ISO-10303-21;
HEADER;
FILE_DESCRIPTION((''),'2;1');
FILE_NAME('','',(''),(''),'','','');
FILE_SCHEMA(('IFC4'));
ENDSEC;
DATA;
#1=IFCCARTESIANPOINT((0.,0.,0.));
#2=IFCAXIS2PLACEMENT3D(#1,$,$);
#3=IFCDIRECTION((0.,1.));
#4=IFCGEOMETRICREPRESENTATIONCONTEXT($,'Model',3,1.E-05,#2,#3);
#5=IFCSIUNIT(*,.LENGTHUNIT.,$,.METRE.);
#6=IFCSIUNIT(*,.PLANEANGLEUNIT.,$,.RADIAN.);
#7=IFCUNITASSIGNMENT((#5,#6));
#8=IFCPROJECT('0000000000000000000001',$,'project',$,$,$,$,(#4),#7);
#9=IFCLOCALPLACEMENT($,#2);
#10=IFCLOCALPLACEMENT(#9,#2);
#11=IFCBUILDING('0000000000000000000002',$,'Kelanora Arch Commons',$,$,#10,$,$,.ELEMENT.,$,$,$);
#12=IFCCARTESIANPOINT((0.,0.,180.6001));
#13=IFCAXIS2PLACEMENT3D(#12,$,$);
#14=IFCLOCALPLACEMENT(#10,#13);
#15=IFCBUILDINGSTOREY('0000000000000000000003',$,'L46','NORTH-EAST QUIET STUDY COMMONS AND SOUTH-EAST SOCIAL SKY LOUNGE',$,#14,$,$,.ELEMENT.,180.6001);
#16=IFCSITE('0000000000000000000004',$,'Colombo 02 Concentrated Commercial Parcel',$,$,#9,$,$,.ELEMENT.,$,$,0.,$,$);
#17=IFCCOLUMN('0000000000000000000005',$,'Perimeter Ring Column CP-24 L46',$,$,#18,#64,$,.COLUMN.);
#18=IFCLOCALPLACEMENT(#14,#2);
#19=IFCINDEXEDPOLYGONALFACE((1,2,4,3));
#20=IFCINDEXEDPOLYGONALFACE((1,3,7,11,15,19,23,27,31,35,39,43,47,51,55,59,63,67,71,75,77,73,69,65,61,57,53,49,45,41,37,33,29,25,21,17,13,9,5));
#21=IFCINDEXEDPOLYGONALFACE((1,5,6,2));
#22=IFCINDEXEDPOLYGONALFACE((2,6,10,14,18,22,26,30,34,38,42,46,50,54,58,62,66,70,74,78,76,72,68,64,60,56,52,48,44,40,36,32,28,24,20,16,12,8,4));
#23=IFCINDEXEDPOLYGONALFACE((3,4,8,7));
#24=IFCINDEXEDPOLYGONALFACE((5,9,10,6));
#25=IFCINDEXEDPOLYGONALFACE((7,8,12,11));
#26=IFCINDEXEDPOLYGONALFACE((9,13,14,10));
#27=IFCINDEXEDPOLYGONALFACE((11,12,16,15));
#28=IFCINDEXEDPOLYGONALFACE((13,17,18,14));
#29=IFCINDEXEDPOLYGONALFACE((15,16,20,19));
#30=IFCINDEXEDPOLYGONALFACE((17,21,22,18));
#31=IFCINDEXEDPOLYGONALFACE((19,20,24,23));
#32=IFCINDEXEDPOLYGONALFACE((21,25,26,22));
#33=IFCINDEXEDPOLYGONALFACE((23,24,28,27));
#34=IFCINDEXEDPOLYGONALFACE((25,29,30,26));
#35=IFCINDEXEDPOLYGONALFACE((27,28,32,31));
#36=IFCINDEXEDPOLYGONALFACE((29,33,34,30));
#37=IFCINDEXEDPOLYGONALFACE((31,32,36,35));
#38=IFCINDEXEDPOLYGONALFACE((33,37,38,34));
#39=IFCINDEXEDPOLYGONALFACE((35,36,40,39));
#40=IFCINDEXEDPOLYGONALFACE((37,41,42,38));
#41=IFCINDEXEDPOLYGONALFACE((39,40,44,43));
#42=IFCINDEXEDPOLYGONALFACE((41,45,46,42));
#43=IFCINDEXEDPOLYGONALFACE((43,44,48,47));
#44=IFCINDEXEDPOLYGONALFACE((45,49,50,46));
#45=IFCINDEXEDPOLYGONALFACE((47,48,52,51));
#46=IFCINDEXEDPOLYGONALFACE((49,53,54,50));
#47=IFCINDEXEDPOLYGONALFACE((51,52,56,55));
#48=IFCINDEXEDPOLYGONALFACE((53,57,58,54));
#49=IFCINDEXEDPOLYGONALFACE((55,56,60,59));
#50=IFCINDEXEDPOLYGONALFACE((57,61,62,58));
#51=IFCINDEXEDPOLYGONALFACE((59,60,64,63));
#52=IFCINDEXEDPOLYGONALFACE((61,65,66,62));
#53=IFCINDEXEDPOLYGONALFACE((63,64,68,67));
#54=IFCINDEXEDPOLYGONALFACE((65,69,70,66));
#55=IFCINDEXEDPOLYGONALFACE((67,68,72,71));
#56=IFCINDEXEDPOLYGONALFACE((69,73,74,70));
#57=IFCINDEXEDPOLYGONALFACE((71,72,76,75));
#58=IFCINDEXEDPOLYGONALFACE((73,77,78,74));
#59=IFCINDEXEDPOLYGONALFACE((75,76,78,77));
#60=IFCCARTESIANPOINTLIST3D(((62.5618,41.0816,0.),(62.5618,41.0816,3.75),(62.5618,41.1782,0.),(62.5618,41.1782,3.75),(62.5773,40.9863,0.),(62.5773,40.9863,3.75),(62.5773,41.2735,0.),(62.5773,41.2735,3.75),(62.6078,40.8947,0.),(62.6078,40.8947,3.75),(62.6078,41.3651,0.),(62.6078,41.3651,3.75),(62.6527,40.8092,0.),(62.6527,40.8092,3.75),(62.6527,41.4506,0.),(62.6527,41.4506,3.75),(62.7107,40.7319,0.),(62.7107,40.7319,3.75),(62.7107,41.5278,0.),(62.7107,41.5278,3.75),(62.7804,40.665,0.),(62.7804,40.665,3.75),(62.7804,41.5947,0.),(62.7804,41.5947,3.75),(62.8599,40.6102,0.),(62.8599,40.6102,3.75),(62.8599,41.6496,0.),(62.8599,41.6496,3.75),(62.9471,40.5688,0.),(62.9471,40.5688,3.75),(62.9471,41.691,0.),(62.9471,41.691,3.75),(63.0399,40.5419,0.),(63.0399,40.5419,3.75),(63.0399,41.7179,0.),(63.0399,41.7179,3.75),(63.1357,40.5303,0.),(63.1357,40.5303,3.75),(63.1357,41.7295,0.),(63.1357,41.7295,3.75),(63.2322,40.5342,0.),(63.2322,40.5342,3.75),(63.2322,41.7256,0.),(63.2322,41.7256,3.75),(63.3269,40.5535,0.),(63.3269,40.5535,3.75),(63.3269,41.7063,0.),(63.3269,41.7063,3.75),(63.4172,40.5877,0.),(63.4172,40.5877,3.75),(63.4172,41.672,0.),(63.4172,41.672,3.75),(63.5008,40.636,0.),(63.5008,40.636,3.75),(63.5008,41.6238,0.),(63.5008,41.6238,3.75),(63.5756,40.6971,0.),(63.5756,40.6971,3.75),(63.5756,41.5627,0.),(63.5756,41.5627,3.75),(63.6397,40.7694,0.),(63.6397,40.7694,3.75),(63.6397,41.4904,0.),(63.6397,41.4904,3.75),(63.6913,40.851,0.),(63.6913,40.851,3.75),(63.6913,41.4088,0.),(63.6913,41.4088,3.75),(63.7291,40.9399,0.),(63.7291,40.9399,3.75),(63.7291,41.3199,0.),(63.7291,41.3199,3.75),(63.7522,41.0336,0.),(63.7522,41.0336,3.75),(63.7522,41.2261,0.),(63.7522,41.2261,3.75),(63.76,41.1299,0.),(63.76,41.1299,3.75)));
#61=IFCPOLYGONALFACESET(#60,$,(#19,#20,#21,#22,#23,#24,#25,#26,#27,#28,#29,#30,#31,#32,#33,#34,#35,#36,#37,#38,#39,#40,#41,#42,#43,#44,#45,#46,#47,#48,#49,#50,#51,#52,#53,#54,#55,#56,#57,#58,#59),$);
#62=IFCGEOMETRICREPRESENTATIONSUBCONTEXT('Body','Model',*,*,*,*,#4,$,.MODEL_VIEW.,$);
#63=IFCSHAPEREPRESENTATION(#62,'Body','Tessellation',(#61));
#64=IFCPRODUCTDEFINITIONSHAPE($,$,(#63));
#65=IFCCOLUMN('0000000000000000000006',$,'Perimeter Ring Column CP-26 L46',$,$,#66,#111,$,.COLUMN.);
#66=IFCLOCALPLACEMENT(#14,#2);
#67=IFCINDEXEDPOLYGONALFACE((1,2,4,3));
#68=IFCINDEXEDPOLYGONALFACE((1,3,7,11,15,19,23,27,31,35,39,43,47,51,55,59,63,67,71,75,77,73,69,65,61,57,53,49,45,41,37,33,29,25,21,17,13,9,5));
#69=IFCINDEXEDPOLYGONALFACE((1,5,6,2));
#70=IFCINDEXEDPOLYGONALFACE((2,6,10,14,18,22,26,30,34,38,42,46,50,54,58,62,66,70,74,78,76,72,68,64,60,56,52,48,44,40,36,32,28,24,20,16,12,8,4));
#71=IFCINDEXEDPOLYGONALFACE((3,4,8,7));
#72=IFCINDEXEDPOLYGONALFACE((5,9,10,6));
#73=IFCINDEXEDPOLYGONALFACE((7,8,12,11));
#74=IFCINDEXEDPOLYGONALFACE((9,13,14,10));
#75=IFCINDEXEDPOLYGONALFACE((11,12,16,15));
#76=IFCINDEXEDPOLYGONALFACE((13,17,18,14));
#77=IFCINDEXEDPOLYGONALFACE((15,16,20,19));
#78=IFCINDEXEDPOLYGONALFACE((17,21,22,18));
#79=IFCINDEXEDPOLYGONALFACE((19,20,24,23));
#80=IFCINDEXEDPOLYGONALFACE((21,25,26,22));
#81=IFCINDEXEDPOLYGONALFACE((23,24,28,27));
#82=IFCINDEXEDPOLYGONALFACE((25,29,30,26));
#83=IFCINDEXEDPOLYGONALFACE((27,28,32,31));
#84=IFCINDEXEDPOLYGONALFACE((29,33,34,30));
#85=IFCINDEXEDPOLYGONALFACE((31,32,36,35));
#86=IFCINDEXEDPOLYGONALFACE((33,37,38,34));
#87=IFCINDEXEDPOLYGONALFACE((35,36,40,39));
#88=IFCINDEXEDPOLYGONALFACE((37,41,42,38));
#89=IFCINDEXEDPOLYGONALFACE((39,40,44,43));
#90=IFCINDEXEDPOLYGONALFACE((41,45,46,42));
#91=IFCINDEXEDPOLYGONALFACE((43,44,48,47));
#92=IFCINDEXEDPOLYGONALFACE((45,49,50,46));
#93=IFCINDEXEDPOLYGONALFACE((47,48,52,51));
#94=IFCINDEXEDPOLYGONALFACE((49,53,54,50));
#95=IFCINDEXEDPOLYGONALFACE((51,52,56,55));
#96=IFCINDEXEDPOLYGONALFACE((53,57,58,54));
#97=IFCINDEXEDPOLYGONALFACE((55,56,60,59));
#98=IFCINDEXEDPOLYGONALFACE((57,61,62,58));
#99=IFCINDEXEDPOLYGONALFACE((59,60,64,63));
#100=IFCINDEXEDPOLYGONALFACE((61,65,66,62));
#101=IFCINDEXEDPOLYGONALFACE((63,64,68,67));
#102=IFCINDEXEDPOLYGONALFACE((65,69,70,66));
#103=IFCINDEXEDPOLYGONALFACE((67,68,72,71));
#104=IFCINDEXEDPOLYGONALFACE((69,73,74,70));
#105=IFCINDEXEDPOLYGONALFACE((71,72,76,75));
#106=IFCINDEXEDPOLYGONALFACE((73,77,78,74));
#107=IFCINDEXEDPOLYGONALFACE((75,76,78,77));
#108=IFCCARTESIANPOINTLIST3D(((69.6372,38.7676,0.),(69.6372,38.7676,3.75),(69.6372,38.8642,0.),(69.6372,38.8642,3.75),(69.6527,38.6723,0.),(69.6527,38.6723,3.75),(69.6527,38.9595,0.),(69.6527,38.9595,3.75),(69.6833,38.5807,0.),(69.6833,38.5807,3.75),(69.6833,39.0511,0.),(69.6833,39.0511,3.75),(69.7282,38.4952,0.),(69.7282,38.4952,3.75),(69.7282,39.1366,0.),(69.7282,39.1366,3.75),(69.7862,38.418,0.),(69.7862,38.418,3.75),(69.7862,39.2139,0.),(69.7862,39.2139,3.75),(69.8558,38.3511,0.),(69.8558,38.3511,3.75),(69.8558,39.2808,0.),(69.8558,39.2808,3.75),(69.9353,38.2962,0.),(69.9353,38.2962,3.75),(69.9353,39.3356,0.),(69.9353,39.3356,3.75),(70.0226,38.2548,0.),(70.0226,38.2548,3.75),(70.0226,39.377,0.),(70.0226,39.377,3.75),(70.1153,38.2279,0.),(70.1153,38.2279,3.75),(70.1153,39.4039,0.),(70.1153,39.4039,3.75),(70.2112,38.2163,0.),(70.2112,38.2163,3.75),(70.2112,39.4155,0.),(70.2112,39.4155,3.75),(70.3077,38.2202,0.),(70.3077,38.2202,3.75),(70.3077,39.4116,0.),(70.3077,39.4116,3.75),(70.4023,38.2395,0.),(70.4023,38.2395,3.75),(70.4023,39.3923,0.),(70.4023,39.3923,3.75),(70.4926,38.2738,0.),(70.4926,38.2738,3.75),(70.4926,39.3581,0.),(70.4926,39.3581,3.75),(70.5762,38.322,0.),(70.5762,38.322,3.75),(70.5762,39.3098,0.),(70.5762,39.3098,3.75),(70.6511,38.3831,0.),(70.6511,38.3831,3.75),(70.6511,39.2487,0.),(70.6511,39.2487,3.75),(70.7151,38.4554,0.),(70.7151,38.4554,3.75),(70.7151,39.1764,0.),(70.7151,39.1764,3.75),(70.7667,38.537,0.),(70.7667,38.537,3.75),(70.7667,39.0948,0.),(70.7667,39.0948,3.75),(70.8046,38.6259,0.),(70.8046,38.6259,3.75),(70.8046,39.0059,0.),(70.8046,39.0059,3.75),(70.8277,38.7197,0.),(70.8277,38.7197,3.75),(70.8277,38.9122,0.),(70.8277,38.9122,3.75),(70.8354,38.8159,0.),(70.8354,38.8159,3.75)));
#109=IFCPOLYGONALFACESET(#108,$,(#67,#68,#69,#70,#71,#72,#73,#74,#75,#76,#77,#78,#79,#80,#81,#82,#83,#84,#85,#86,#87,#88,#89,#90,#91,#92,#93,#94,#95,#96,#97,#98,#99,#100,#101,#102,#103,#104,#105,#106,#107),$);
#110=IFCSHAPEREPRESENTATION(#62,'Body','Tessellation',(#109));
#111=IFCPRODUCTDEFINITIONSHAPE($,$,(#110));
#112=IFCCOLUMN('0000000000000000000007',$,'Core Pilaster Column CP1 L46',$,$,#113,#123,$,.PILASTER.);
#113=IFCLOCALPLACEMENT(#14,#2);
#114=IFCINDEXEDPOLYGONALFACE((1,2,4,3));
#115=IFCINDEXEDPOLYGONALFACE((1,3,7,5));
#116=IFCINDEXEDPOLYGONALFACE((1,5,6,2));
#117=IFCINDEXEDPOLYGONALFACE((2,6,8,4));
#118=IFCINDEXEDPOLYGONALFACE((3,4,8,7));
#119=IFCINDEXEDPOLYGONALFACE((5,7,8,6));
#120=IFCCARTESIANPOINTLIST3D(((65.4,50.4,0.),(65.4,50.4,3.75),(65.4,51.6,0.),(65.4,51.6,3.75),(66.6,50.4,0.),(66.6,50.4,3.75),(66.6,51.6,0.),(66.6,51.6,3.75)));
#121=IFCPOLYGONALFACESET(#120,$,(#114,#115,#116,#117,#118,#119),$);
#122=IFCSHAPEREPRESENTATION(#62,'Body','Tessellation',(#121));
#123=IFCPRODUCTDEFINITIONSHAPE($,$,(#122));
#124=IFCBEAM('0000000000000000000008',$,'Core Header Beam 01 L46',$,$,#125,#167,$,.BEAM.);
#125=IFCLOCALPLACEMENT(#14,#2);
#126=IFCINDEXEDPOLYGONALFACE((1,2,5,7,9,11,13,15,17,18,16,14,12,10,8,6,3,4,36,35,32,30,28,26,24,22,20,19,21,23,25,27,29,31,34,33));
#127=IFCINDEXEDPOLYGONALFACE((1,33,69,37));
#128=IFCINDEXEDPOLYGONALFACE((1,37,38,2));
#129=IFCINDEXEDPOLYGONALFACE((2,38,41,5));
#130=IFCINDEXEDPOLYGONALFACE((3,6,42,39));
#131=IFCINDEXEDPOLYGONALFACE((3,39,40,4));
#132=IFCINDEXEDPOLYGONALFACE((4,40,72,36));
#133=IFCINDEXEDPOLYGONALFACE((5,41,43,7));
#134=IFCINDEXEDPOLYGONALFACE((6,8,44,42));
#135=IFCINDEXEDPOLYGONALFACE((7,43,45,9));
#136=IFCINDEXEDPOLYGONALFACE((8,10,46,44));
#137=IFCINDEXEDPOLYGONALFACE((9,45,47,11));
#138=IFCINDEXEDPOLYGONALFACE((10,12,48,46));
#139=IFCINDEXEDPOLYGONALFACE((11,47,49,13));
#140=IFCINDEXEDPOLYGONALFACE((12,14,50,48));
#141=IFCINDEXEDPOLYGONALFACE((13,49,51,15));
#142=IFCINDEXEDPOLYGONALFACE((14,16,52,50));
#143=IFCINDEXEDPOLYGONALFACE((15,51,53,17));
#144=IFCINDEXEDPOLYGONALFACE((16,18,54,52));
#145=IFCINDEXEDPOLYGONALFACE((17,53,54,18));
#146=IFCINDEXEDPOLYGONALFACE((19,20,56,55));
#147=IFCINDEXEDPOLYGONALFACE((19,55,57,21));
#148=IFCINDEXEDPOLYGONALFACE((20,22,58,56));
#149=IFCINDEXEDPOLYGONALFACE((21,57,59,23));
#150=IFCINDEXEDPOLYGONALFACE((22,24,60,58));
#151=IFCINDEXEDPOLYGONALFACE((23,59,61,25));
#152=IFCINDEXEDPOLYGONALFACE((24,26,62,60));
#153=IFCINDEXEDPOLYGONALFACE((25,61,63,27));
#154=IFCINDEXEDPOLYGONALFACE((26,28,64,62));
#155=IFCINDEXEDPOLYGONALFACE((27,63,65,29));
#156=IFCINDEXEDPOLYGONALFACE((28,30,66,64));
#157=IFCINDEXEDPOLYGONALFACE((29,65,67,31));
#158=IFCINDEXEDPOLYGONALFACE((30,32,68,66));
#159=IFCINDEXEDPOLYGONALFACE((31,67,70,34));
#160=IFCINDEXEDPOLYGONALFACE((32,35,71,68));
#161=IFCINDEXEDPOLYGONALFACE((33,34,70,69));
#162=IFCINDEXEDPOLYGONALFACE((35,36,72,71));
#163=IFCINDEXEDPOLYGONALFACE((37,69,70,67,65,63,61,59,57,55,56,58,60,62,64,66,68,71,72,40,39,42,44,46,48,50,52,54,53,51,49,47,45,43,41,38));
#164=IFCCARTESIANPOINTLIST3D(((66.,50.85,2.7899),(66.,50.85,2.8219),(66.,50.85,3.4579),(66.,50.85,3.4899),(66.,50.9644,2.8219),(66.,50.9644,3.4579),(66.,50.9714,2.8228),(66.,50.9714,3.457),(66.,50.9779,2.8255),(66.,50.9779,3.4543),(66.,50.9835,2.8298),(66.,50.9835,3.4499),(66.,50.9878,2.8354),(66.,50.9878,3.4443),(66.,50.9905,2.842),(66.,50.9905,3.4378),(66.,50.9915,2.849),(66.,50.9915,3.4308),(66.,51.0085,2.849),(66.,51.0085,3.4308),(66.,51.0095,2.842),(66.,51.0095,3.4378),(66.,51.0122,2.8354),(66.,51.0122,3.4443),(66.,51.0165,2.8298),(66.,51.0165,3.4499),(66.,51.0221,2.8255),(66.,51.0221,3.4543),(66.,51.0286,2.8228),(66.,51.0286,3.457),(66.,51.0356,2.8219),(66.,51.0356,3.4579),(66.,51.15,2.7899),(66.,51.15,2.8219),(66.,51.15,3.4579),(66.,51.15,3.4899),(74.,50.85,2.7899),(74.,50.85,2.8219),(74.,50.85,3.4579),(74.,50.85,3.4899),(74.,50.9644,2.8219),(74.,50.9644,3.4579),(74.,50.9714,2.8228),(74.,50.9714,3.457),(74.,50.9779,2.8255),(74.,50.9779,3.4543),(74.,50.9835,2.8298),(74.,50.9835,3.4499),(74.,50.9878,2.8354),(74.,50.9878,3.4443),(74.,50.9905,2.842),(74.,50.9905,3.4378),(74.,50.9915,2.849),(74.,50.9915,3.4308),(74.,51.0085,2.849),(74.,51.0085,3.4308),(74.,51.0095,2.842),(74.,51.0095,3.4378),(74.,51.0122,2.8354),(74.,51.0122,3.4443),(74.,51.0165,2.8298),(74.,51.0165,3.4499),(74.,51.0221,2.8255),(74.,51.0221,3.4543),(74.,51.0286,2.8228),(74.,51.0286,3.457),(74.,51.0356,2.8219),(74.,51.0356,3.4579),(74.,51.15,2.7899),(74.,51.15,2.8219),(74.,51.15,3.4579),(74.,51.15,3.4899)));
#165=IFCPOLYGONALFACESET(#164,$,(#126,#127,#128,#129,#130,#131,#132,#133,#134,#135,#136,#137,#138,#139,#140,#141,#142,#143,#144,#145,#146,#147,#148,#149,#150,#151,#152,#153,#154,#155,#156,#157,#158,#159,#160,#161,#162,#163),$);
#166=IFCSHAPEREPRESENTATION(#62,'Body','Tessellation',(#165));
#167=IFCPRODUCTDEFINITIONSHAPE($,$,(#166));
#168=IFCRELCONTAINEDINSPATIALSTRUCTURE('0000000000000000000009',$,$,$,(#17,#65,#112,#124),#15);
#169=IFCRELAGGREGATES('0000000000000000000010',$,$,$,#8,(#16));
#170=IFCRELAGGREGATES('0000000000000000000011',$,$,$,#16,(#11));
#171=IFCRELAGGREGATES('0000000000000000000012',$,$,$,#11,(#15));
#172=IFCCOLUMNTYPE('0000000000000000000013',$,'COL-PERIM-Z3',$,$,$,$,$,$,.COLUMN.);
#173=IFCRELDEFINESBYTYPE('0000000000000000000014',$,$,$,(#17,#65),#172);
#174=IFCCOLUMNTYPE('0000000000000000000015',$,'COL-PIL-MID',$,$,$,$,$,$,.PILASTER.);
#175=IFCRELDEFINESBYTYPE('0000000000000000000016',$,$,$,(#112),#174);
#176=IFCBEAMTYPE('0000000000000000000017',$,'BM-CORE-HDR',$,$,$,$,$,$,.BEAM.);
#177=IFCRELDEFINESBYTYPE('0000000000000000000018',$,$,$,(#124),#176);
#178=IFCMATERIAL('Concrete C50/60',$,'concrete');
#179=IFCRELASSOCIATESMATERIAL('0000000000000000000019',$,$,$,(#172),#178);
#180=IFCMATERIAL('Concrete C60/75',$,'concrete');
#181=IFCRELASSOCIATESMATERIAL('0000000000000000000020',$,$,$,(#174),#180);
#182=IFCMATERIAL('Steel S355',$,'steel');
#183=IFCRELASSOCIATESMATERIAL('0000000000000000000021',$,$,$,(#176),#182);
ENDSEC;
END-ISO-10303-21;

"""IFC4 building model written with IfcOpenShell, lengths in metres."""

from ifc_helpers import new_model, si_unit, direction, frame, origin, origin_2d, place, context, subcontext, project, spatial, rectangle, circle, i_section, extrude, material, material_profile, profile_set, type_object, element, save


model = new_model("IFC4")

# Units and contexts
model_context = context("Model", 3, precision=1e-05, world=origin(), true_north=direction((0.0, 1.0)))
body_context = subcontext(model_context, "Body", "Model", "MODEL_VIEW")
ifc_project = project(units=[si_unit("LENGTHUNIT", "METRE"), si_unit("PLANEANGLEUNIT", "RADIAN")], contexts=[model_context])

# Site, building, storey
site_placement = place(None, origin())
site = spatial("IfcSite", under=ifc_project, at=site_placement, Name="Colombo 02 Concentrated Commercial Parcel", CompositionType="ELEMENT", RefElevation=0.0)
building_placement = place(site_placement, origin())
building = spatial("IfcBuilding", under=site, at=building_placement, Name="Kelanora Arch Commons", CompositionType="ELEMENT")
storey_placement = place(building_placement, frame((0.0, 0.0, 180.6001)))
storey = spatial("IfcBuildingStorey", under=building, at=storey_placement, Name="L46", Description="NORTH-EAST QUIET STUDY COMMONS AND SOUTH-EAST SOCIAL SKY LOUNGE", CompositionType="ELEMENT", Elevation=180.6001)

# Columns
ifc_material_1 = material(Name="Concrete C50/60", Category="concrete")
ifc_material_profile_1 = material_profile(ifc_material_1, circle(Radius=0.6001, at=origin_2d()), Name="RCC1200")
ifc_profile_set_1 = profile_set([ifc_material_profile_1], Name="Concrete C50/60")
column_type_1 = type_object("IfcColumnType", Name="COL-PERIM-Z3", PredefinedType="COLUMN", material=ifc_profile_set_1)
for number, where, z_axis, x_axis, name in (
    (1, (63.1599, 41.1299, 0.0), (0.0, 0.0, 1.0), (1.0, 0.0, 0.0), "Perimeter Ring Column CP-24 L46"),
    (2, (70.2354, 38.8159, 0.0), (0.0, 0.0, 1.0), (1.0, 0.0, 0.0), "Perimeter Ring Column CP-26 L46"),
):
    element("IfcColumn", number, at=place(storey_placement, frame(where, z_axis=z_axis, x_axis=x_axis)), inside=storey, type_object=column_type_1, Name=name, PredefinedType="COLUMN", context=body_context, shape_type="SweptSolid", body=[
        extrude(circle(Radius=0.6001, at=origin_2d()), origin(), (0.0, 0.0, 1.0), 3.75),
    ])
ifc_material_2 = material(Name="Concrete C60/75", Category="concrete")
ifc_material_profile_2 = material_profile(ifc_material_2, rectangle(XDim=1.2, YDim=1.2, at=origin_2d()), Name="RC1200x1200")
ifc_profile_set_2 = profile_set([ifc_material_profile_2], Name="Concrete C60/75")
column_type_2 = type_object("IfcColumnType", Name="COL-PIL-MID", PredefinedType="PILASTER", material=ifc_profile_set_2)
column_placement = place(storey_placement, frame((66.0, 51.0, 0.0), z_axis=(0.0, 0.0, 1.0), x_axis=(1.0, 0.0, 0.0)))
element("IfcColumn", 3, at=column_placement, inside=storey, type_object=column_type_2, Name="Core Pilaster Column CP1 L46", PredefinedType="PILASTER", context=body_context, shape_type="SweptSolid", body=[
    extrude(rectangle(XDim=1.2, YDim=1.2, at=origin_2d()), origin(), (0.0, 0.0, 1.0), 3.75),
])

# Beam
ifc_material_3 = material(Name="Steel S355", Category="steel")
ifc_material_profile_3 = material_profile(ifc_material_3, i_section(OverallWidth=0.3, OverallDepth=0.7, WebThickness=0.0171, FlangeThickness=0.032, FilletRadius=0.0271, at=origin_2d()), Name="HEB700")
ifc_profile_set_3 = profile_set([ifc_material_profile_3], Name="Steel S355")
beam_type_1 = type_object("IfcBeamType", Name="BM-CORE-HDR", PredefinedType="BEAM", material=ifc_profile_set_3)
beam_1_placement = place(storey_placement, frame((66.0, 51.0, 3.1399), z_axis=(1.0, 0.0, 0.0), x_axis=(0.0, 1.0, 0.0)))
element("IfcBeam", 4, at=beam_1_placement, inside=storey, type_object=beam_type_1, Name="Core Header Beam 01 L46", PredefinedType="BEAM", context=body_context, shape_type="SweptSolid", body=[
    extrude(i_section(OverallWidth=0.3, OverallDepth=0.7, WebThickness=0.0171, FlangeThickness=0.032, FilletRadius=0.0271, at=origin_2d()), origin(), (0.0, 0.0, 1.0), 8.0),
])

save(model, "model.ifc")
